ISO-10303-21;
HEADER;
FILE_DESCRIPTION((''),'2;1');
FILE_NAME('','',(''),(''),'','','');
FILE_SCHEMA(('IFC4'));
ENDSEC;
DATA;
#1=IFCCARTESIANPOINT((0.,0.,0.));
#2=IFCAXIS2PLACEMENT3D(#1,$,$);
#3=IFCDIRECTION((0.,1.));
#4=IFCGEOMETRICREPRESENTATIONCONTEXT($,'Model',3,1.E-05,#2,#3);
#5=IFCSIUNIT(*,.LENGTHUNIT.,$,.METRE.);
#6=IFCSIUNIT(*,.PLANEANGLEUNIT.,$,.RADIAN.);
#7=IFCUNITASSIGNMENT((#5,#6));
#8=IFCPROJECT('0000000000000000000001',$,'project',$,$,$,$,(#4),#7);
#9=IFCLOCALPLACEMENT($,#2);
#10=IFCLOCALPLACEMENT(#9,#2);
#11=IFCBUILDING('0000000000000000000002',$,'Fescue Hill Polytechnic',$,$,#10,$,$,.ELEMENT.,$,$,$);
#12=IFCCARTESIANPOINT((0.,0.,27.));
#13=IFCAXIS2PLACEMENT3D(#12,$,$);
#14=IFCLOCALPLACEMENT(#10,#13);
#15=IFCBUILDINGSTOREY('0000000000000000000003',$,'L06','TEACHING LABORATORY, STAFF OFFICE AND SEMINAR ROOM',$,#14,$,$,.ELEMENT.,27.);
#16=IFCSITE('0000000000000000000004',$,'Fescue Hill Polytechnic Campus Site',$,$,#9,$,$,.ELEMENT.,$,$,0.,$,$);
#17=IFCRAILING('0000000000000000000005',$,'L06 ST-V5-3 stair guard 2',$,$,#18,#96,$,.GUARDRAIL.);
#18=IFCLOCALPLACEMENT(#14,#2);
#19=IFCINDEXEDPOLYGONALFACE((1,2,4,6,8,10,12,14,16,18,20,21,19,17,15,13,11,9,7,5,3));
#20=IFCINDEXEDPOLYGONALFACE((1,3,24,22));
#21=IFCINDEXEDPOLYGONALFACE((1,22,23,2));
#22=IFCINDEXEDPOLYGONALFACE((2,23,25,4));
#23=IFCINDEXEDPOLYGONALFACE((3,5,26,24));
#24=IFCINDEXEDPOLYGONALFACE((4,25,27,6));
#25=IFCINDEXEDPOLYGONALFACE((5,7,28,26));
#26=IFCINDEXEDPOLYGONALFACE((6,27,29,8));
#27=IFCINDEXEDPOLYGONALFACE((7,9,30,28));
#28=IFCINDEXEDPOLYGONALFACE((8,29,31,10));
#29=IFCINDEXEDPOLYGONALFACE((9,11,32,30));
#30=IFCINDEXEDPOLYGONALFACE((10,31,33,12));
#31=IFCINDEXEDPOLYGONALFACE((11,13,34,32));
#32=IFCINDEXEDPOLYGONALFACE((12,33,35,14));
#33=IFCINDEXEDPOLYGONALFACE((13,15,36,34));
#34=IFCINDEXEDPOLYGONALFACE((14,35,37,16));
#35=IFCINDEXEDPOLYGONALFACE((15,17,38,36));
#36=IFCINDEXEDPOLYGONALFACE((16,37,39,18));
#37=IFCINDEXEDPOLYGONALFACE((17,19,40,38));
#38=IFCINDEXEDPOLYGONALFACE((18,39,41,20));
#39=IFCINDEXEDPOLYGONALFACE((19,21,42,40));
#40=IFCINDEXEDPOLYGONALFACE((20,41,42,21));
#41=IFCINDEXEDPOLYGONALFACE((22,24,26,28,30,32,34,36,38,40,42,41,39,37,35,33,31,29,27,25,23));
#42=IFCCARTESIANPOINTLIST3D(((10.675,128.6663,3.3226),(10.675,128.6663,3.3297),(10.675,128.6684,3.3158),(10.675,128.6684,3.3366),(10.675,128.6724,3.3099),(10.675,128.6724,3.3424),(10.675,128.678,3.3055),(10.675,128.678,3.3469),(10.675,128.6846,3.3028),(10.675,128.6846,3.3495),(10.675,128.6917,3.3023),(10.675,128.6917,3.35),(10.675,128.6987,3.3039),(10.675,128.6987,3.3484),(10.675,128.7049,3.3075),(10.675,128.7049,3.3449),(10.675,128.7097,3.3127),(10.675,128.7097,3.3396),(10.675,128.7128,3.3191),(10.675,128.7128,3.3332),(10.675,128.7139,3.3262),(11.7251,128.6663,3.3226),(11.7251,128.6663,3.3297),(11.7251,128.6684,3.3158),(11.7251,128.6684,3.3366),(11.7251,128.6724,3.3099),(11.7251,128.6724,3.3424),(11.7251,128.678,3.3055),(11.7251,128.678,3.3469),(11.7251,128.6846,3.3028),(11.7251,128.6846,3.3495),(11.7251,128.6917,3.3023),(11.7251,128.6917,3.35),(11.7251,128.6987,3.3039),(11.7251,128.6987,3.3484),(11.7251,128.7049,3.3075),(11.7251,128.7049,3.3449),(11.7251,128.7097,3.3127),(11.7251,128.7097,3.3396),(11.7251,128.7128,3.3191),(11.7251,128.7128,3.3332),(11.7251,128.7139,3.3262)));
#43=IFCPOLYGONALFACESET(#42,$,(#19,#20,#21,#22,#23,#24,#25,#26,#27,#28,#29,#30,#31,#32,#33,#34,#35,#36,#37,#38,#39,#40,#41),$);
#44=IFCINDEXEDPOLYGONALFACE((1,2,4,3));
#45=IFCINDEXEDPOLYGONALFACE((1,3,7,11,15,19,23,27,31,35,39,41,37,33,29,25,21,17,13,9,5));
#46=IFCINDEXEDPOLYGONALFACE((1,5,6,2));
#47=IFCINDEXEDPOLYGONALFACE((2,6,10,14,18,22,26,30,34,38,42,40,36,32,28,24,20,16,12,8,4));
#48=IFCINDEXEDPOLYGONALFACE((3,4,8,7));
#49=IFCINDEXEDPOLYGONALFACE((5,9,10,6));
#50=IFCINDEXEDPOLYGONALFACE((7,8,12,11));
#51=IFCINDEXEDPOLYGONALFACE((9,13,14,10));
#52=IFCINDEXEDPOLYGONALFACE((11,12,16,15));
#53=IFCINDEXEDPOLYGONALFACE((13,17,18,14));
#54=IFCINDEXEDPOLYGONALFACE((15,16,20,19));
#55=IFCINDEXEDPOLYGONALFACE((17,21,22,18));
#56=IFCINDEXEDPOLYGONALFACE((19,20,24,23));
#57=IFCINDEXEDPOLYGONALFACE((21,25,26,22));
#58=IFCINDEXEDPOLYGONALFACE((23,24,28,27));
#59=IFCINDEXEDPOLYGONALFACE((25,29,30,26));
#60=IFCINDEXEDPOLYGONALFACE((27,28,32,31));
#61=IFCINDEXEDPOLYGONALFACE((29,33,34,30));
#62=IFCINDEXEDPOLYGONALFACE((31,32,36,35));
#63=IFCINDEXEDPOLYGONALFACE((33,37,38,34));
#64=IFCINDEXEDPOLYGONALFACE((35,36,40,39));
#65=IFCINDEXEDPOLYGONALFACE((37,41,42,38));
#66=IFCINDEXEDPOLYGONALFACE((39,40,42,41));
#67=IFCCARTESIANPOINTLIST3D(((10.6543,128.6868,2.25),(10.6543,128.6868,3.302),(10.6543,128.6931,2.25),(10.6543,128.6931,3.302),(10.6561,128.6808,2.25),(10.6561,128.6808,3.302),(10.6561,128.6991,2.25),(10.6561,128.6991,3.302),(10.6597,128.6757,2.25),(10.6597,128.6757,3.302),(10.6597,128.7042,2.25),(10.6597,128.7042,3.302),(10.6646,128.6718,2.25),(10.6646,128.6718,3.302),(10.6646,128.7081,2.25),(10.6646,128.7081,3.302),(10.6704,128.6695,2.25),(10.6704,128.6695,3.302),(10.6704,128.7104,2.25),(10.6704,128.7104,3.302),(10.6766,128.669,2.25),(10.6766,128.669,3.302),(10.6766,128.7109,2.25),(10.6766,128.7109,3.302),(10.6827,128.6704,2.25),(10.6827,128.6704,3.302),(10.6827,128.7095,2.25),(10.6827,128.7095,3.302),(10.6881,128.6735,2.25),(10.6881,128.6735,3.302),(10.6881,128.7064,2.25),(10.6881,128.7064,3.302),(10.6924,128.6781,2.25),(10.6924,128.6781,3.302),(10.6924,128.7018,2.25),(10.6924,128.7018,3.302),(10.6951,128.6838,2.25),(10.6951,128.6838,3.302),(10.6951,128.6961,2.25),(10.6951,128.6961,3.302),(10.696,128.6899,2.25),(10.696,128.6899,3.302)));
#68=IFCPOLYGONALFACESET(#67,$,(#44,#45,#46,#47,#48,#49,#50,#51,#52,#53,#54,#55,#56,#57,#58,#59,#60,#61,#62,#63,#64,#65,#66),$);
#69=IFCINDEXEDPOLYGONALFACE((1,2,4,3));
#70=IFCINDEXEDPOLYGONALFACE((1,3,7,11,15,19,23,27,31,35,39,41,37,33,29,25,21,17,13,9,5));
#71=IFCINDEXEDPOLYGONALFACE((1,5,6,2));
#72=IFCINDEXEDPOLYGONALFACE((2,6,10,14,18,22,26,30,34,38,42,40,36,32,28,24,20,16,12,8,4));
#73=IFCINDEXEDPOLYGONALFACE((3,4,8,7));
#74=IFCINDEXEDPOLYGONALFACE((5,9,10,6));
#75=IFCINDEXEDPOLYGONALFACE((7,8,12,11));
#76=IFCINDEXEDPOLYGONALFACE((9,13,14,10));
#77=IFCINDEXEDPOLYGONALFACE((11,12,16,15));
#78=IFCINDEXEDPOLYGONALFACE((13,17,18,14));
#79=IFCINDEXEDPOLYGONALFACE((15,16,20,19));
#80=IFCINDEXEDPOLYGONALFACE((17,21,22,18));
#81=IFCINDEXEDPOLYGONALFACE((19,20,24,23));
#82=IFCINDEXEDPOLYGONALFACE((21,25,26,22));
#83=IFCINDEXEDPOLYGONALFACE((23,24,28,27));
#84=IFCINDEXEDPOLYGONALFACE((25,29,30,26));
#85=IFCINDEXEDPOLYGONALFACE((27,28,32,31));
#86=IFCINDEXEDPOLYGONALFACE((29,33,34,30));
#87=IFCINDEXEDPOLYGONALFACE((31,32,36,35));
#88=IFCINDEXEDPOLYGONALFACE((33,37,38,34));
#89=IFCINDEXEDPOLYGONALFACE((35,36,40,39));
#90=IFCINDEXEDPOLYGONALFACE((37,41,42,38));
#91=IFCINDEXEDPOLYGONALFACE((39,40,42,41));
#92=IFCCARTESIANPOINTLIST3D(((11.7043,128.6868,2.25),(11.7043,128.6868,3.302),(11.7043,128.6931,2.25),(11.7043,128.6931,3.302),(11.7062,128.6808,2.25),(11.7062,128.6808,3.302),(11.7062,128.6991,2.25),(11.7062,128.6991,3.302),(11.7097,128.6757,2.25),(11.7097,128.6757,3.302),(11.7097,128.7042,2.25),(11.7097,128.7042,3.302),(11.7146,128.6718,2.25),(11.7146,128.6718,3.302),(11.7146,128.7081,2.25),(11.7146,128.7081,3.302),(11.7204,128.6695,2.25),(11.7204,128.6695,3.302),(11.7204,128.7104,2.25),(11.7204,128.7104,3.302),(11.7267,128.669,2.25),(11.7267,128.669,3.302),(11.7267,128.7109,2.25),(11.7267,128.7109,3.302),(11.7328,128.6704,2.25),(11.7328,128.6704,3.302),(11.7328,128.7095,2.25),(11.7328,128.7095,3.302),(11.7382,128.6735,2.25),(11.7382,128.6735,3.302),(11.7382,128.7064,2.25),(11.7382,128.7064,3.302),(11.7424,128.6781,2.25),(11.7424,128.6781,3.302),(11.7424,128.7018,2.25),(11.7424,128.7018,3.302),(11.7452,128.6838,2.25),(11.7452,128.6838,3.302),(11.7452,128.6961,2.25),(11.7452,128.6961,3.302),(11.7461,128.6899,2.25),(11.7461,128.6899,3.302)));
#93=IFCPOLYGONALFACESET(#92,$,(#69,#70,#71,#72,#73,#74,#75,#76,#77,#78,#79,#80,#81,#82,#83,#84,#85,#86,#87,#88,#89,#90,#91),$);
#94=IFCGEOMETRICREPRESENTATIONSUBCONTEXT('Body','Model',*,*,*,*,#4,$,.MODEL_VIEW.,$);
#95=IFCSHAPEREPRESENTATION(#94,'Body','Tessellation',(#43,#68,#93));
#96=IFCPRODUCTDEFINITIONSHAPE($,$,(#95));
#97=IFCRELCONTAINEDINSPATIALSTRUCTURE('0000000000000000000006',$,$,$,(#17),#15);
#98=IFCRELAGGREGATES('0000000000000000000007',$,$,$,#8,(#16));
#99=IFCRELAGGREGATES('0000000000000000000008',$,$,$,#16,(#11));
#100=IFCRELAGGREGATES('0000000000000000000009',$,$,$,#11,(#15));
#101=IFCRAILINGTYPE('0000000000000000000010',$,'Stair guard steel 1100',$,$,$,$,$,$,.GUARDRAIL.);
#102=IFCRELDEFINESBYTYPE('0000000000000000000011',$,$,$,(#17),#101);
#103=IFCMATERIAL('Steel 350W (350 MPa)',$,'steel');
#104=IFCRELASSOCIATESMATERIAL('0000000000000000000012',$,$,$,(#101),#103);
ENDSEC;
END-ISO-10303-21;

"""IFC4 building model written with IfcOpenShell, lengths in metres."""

from ifc_helpers import new_model, si_unit, direction, frame, origin, origin_2d, place, context, subcontext, project, spatial, circle, extrude, material, type_object, element, save


model = new_model("IFC4")

# Units and contexts
model_context = context("Model", 3, precision=1e-05, world=origin(), true_north=direction((0.0, 1.0)))
body_context = subcontext(model_context, "Body", "Model", "MODEL_VIEW")
ifc_project = project(units=[si_unit("LENGTHUNIT", "METRE"), si_unit("PLANEANGLEUNIT", "RADIAN")], contexts=[model_context])

# Site, building, storey
site_placement = place(None, origin())
site = spatial("IfcSite", under=ifc_project, at=site_placement, Name="Fescue Hill Polytechnic Campus Site", CompositionType="ELEMENT", RefElevation=0.0)
building_placement = place(site_placement, origin())
building = spatial("IfcBuilding", under=site, at=building_placement, Name="Fescue Hill Polytechnic", CompositionType="ELEMENT")
storey_placement = place(building_placement, frame((0.0, 0.0, 27.0)))
storey = spatial("IfcBuildingStorey", under=building, at=storey_placement, Name="L06", Description="TEACHING LABORATORY, STAFF OFFICE AND SEMINAR ROOM", CompositionType="ELEMENT", Elevation=27.0)

# Railing
ifc_material_1 = material(Name="Steel 350W (350 MPa)", Category="steel")
railing_type_1 = type_object("IfcRailingType", Name="Stair guard steel 1100", PredefinedType="GUARDRAIL", material=ifc_material_1)
railing_1_placement = place(storey_placement, frame((10.675, 128.6899, 2.25)))
element("IfcRailing", 1, at=railing_1_placement, inside=storey, type_object=railing_type_1, Name="L06 ST-V5-3 stair guard 2", PredefinedType="GUARDRAIL", context=body_context, shape_type="SweptSolid", body=[
    extrude(circle(Radius=0.0239, at=origin_2d()), frame((0.0, 0.0, 1.0762), z_axis=(1.0, 0.0, 0.0), x_axis=(0.0, 1.0, 0.0)), (0.0, 0.0, 1.0), 1.05),
    extrude(circle(Radius=0.021, at=origin_2d()), origin(), (0.0, 0.0, 1.0), 1.052),
    extrude(circle(Radius=0.021, at=origin_2d()), frame((1.05, 0.0, 0.0)), (0.0, 0.0, 1.0), 1.052),
])

save(model, "model.ifc")
